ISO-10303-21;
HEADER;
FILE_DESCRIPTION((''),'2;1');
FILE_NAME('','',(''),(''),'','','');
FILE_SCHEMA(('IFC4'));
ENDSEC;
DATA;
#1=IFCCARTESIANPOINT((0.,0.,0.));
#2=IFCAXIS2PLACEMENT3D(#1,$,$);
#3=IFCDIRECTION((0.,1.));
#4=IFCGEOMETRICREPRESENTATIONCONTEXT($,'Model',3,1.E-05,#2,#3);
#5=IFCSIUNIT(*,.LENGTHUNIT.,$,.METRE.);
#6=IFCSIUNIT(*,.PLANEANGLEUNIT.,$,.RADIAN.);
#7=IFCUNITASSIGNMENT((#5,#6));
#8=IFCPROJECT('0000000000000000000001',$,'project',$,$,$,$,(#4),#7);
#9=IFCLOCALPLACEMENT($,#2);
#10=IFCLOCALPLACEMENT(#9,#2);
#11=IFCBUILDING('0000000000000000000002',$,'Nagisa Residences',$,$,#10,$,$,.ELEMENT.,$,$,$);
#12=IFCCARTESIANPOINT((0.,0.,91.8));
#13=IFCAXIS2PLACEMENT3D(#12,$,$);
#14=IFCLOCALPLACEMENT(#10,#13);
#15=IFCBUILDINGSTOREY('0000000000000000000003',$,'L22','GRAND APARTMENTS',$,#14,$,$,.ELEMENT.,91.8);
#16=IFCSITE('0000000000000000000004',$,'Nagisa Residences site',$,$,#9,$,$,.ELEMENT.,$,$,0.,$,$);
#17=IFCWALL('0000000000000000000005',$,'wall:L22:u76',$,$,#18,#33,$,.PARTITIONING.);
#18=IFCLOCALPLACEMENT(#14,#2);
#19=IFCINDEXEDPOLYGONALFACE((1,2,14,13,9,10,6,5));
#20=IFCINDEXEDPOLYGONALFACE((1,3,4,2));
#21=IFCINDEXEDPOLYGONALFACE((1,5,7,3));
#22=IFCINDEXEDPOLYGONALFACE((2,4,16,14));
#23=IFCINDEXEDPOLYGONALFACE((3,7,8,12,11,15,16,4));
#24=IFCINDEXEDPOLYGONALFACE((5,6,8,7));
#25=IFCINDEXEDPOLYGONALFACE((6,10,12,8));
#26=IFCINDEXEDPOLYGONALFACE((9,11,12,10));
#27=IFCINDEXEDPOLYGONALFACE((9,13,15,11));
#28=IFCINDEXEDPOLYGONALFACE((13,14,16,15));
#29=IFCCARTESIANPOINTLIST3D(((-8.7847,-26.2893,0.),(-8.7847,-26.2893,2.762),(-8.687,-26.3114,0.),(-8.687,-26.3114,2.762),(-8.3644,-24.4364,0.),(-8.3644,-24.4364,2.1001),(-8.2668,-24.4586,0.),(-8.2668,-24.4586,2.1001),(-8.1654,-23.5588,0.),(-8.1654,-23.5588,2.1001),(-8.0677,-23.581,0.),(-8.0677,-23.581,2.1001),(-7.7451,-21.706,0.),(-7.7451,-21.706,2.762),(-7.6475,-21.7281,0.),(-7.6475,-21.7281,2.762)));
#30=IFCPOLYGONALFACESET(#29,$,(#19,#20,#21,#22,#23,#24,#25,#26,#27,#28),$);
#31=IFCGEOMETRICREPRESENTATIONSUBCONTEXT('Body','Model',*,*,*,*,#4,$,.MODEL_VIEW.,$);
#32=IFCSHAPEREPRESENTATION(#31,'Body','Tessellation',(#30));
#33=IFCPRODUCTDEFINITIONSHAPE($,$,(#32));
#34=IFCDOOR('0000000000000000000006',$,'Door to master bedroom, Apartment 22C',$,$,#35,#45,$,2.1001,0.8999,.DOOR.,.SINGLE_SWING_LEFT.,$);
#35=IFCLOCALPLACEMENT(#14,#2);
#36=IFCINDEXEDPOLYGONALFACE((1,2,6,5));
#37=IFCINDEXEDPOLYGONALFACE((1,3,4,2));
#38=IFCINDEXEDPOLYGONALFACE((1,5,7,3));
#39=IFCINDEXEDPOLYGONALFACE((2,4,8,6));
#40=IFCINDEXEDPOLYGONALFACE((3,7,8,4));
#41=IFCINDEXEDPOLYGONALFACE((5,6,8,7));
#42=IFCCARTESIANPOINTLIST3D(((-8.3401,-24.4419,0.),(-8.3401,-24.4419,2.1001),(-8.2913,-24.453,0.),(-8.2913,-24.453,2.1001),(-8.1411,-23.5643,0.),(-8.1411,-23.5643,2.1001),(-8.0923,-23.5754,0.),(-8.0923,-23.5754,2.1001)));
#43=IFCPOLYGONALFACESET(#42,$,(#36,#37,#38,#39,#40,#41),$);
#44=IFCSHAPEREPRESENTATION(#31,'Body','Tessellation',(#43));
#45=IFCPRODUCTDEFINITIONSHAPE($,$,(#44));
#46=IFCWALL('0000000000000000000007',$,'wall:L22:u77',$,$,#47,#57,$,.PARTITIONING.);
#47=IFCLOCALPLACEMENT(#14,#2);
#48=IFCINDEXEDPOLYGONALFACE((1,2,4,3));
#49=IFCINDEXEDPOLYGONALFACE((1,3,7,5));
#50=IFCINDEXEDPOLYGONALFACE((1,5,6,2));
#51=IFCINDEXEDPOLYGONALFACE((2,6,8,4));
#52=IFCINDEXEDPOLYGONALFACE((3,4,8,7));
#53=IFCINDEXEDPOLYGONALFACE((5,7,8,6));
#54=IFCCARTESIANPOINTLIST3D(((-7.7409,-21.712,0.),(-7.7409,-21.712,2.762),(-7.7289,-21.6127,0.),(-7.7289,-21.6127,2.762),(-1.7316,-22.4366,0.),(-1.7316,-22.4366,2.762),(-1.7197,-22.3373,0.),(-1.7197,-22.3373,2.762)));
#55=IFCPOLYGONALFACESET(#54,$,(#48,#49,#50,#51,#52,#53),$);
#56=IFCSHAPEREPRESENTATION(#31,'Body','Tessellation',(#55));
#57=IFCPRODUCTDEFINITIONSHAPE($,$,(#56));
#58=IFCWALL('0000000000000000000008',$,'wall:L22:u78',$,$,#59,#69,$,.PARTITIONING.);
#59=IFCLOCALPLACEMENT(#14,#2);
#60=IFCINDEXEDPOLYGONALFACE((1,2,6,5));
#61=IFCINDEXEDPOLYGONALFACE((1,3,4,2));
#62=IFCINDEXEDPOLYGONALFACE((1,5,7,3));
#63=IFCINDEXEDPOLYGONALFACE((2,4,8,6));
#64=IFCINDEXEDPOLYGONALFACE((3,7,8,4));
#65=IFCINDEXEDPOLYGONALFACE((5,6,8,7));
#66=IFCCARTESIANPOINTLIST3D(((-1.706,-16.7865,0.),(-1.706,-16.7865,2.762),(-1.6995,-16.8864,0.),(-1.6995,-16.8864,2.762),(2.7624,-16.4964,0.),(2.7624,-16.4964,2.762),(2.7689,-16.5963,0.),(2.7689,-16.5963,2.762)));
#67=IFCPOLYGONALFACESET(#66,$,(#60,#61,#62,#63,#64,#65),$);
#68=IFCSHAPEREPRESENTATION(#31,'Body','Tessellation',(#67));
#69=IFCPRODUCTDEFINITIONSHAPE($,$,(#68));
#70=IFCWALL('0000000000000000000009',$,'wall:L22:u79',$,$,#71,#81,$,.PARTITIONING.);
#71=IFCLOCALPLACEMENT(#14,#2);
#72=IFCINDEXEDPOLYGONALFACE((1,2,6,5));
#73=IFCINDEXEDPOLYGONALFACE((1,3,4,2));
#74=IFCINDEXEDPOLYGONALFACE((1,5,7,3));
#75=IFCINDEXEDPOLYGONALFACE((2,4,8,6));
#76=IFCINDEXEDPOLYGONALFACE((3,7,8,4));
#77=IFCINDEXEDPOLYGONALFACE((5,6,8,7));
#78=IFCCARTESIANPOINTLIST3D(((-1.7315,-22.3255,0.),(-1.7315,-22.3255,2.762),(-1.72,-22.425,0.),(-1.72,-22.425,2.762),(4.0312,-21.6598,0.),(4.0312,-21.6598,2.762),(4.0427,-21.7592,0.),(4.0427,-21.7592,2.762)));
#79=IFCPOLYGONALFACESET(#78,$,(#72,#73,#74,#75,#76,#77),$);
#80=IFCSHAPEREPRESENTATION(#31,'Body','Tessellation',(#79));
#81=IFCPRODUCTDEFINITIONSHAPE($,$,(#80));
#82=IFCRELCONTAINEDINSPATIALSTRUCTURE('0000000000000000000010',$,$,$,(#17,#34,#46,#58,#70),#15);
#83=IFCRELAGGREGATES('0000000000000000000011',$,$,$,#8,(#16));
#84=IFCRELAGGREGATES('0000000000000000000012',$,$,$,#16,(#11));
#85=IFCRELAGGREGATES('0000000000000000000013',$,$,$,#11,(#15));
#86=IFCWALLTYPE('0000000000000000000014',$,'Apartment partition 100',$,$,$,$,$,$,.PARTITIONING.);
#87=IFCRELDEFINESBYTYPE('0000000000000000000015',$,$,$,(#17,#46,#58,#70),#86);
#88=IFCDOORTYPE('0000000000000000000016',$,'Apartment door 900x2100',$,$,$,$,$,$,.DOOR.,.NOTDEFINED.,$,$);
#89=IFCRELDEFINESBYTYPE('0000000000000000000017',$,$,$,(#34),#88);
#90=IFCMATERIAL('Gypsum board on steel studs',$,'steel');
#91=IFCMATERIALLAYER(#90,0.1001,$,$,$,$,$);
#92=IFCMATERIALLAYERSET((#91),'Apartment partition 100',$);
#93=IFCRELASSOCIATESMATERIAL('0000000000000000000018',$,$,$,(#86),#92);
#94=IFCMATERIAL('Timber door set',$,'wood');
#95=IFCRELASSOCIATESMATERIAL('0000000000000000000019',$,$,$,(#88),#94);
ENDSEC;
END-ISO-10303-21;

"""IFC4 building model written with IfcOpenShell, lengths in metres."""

from ifc_helpers import new_model, si_unit, direction, frame, frame_2d, origin, place, context, subcontext, project, spatial, rectangle, extrude, material, layer, layer_set, type_object, element, fill, save


model = new_model("IFC4")

# Units and contexts
model_context = context("Model", 3, precision=1e-05, world=origin(), true_north=direction((0.0, 1.0)))
body_context = subcontext(model_context, "Body", "Model", "MODEL_VIEW")
ifc_project = project(units=[si_unit("LENGTHUNIT", "METRE"), si_unit("PLANEANGLEUNIT", "RADIAN")], contexts=[model_context])

# Site, building, storey
site_placement = place(None, origin())
site = spatial("IfcSite", under=ifc_project, at=site_placement, Name="Nagisa Residences site", CompositionType="ELEMENT", RefElevation=0.0)
building_placement = place(site_placement, origin())
building = spatial("IfcBuilding", under=site, at=building_placement, Name="Nagisa Residences", CompositionType="ELEMENT")
storey_placement = place(building_placement, frame((0.0, 0.0, 91.8)))
storey = spatial("IfcBuildingStorey", under=building, at=storey_placement, Name="L22", Description="GRAND APARTMENTS", CompositionType="ELEMENT", Elevation=91.8)

# Shared definitions
ifc_material_1 = material(Name="Gypsum board on steel studs", Category="steel")
ifc_layer_1 = layer(ifc_material_1, 0.1001)
ifc_layer_set_1 = layer_set([ifc_layer_1], Name="Apartment partition 100")
wall_type = type_object("IfcWallType", Name="Apartment partition 100", PredefinedType="PARTITIONING", material=ifc_layer_set_1)

# Wall, opening, door
ifc_material_2 = material(Name="Timber door set", Category="wood")
door_type = type_object("IfcDoorType", Name="Apartment door 900x2100", OperationType="NOTDEFINED", PredefinedType="DOOR", material=ifc_material_2)
wall_1_placement = place(storey_placement, frame((-7.6963, -21.717, 0.0), z_axis=(0.0, 0.0, 1.0), x_axis=(-0.221197, -0.975229, 0.0)))
wall_1 = element("IfcWall", 1, at=wall_1_placement, inside=storey, type_object=wall_type, Name="wall:L22:u76", PredefinedType="PARTITIONING", context=body_context, shape_type="SweptSolid", body=[
    extrude(rectangle(XDim=4.6997, YDim=0.1001, at=frame_2d((2.3499, 0.0))), origin(), (0.0, 0.0, 1.0), 2.762),
])
opening_1_placement = place(wall_1_placement, frame((1.8999, 0.0, 0.0)))
opening_1 = element("IfcOpeningElement", 2, at=opening_1_placement, cuts=wall_1, PredefinedType="OPENING", context=body_context, shape_type="SweptSolid", body=[
    extrude(rectangle(XDim=0.8999, YDim=2.1001, at=frame_2d((0.45, 1.05))), frame((0.0, 0.0601, 0.0), z_axis=(0.0, -1.0, 0.0), x_axis=(1.0, 0.0, 0.0)), (0.0, 0.0, 1.0), 0.1201),
])
door_1_placement = place(opening_1_placement, origin())
door_1 = element("IfcDoor", 3, at=door_1_placement, inside=storey, type_object=door_type, Name="Door to master bedroom, Apartment 22C", OperationType="SINGLE_SWING_LEFT", OverallHeight=2.1001, OverallWidth=0.8999, PredefinedType="DOOR", context=body_context, shape_type="SweptSolid", body=[
    extrude(rectangle(XDim=0.8999, YDim=2.1001, at=frame_2d((0.45, 1.05))), frame((0.0, 0.0249, 0.0), z_axis=(0.0, -1.0, 0.0), x_axis=(1.0, 0.0, 0.0)), (0.0, 0.0, 1.0), 0.05),
])
fill(opening_1, door_1)

# Walls
wall_2_placement = place(storey_placement, frame((-7.7349, -21.6624, 0.0), z_axis=(0.0, 0.0, 1.0), x_axis=(0.992808, -0.119715, 0.0)))
element("IfcWall", 4, at=wall_2_placement, inside=storey, type_object=wall_type, Name="wall:L22:u77", PredefinedType="PARTITIONING", context=body_context, shape_type="SweptSolid", body=[
    extrude(rectangle(XDim=6.0527, YDim=0.1001, at=frame_2d((3.0264, 0.0))), origin(), (0.0, 0.0, 1.0), 2.762),
])
wall_3_placement = place(storey_placement, frame((-1.7026, -16.8364, 0.0), z_axis=(0.0, 0.0, 1.0), x_axis=(0.9979, 0.064775, 0.0)))
element("IfcWall", 5, at=wall_3_placement, inside=storey, type_object=wall_type, Name="wall:L22:u78", PredefinedType="PARTITIONING", context=body_context, shape_type="SweptSolid", body=[
    extrude(rectangle(XDim=4.4778, YDim=0.1001, at=frame_2d((2.2388, 0.0))), origin(), (0.0, 0.0, 1.0), 2.762),
])
wall_4_placement = place(storey_placement, frame((-1.7256, -22.3752, 0.0), z_axis=(0.0, 0.0, 1.0), x_axis=(0.993392, 0.114768, 0.0)))
element("IfcWall", 6, at=wall_4_placement, inside=storey, type_object=wall_type, Name="wall:L22:u79", PredefinedType="PARTITIONING", context=body_context, shape_type="SweptSolid", body=[
    extrude(rectangle(XDim=5.801, YDim=0.1001, at=frame_2d((2.9004, 0.0))), origin(), (0.0, 0.0, 1.0), 2.762),
])

save(model, "model.ifc")
